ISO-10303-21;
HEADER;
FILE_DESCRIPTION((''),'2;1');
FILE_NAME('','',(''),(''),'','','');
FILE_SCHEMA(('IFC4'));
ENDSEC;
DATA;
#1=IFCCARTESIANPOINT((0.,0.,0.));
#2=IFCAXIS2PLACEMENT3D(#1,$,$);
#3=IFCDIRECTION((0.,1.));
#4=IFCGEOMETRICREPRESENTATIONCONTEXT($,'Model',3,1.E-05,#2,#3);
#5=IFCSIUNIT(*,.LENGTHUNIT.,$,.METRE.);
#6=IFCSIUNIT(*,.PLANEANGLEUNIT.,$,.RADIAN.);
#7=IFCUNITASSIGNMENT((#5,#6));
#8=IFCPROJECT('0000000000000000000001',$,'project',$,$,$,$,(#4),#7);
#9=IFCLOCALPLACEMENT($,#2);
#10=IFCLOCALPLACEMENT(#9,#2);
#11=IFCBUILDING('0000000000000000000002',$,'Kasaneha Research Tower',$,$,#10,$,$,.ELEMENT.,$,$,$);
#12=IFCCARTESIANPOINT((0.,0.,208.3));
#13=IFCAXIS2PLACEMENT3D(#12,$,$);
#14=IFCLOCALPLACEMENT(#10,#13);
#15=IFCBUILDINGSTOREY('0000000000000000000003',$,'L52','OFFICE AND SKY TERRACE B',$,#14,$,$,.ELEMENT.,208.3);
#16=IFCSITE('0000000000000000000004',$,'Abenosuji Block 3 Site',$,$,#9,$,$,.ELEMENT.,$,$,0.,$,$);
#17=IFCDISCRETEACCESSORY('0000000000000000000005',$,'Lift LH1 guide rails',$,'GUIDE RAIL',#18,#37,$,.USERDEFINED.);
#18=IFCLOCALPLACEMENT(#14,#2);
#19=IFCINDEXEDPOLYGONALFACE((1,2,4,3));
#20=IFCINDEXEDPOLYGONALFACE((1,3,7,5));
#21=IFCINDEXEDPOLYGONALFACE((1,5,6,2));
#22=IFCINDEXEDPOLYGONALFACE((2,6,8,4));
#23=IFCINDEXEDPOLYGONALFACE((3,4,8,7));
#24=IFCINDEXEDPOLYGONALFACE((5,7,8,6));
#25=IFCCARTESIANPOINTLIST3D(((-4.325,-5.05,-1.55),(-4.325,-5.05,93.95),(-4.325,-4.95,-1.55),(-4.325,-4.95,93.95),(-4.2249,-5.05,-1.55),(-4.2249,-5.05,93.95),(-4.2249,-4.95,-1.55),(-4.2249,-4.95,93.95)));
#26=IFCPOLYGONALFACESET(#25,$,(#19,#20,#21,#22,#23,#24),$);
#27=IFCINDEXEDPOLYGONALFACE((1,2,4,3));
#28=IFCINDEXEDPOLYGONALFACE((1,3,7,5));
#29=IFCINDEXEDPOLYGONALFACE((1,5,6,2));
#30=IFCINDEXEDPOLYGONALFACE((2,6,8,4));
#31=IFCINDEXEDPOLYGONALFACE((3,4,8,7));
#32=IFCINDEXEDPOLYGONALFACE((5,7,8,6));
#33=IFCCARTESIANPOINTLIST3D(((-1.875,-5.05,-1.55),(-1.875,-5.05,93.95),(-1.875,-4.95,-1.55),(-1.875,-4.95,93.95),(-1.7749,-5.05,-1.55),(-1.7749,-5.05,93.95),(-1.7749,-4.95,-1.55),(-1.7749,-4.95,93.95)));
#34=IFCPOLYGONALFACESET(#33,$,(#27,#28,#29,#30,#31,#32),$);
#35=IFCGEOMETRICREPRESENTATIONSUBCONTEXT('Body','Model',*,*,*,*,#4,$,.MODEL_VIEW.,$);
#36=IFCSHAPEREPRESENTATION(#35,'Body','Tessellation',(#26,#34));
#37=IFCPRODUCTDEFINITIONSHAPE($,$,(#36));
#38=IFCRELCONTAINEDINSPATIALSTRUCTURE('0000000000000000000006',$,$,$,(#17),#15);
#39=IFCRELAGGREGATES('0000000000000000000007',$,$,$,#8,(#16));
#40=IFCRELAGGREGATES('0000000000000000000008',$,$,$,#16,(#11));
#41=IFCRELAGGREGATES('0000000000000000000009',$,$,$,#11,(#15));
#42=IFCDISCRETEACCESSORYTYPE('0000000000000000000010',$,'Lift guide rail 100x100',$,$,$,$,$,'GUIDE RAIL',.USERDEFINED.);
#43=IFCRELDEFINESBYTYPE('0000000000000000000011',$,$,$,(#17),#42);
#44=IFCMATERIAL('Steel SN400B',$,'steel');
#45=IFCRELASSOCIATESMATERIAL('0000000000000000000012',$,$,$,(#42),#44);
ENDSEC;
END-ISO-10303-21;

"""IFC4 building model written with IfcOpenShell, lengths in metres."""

from ifc_helpers import new_model, si_unit, direction, frame, origin, origin_2d, place, context, subcontext, project, spatial, rectangle, extrude, material, type_object, element, save


model = new_model("IFC4")

# Units and contexts
model_context = context("Model", 3, precision=1e-05, world=origin(), true_north=direction((0.0, 1.0)))
body_context = subcontext(model_context, "Body", "Model", "MODEL_VIEW")
ifc_project = project(units=[si_unit("LENGTHUNIT", "METRE"), si_unit("PLANEANGLEUNIT", "RADIAN")], contexts=[model_context])

# Site, building, storey
site_placement = place(None, origin())
site = spatial("IfcSite", under=ifc_project, at=site_placement, Name="Abenosuji Block 3 Site", CompositionType="ELEMENT", RefElevation=0.0)
building_placement = place(site_placement, origin())
building = spatial("IfcBuilding", under=site, at=building_placement, Name="Kasaneha Research Tower", CompositionType="ELEMENT")
storey_placement = place(building_placement, frame((0.0, 0.0, 208.3)))
storey = spatial("IfcBuildingStorey", under=building, at=storey_placement, Name="L52", Description="OFFICE AND SKY TERRACE B", CompositionType="ELEMENT", Elevation=208.3)

# Discrete accessory
ifc_material_1 = material(Name="Steel SN400B", Category="steel")
discrete_accessory_type = type_object("IfcDiscreteAccessoryType", Name="Lift guide rail 100x100", ElementType="GUIDE RAIL", PredefinedType="USERDEFINED", material=ifc_material_1)
discrete_accessory_1_placement = place(storey_placement, frame((0.0, 0.0, -208.3)))
element("IfcDiscreteAccessory", 1, at=discrete_accessory_1_placement, inside=storey, type_object=discrete_accessory_type, Name="Lift LH1 guide rails", ObjectType="GUIDE RAIL", PredefinedType="USERDEFINED", context=body_context, shape_type="SweptSolid", body=[
    extrude(rectangle(XDim=0.1001, YDim=0.1001, at=origin_2d()), frame((-4.2749, -5.0, 206.75)), (0.0, 0.0, 1.0), 95.5),
    extrude(rectangle(XDim=0.1001, YDim=0.1001, at=origin_2d()), frame((-1.825, -5.0, 206.75)), (0.0, 0.0, 1.0), 95.5),
])

save(model, "model.ifc")
